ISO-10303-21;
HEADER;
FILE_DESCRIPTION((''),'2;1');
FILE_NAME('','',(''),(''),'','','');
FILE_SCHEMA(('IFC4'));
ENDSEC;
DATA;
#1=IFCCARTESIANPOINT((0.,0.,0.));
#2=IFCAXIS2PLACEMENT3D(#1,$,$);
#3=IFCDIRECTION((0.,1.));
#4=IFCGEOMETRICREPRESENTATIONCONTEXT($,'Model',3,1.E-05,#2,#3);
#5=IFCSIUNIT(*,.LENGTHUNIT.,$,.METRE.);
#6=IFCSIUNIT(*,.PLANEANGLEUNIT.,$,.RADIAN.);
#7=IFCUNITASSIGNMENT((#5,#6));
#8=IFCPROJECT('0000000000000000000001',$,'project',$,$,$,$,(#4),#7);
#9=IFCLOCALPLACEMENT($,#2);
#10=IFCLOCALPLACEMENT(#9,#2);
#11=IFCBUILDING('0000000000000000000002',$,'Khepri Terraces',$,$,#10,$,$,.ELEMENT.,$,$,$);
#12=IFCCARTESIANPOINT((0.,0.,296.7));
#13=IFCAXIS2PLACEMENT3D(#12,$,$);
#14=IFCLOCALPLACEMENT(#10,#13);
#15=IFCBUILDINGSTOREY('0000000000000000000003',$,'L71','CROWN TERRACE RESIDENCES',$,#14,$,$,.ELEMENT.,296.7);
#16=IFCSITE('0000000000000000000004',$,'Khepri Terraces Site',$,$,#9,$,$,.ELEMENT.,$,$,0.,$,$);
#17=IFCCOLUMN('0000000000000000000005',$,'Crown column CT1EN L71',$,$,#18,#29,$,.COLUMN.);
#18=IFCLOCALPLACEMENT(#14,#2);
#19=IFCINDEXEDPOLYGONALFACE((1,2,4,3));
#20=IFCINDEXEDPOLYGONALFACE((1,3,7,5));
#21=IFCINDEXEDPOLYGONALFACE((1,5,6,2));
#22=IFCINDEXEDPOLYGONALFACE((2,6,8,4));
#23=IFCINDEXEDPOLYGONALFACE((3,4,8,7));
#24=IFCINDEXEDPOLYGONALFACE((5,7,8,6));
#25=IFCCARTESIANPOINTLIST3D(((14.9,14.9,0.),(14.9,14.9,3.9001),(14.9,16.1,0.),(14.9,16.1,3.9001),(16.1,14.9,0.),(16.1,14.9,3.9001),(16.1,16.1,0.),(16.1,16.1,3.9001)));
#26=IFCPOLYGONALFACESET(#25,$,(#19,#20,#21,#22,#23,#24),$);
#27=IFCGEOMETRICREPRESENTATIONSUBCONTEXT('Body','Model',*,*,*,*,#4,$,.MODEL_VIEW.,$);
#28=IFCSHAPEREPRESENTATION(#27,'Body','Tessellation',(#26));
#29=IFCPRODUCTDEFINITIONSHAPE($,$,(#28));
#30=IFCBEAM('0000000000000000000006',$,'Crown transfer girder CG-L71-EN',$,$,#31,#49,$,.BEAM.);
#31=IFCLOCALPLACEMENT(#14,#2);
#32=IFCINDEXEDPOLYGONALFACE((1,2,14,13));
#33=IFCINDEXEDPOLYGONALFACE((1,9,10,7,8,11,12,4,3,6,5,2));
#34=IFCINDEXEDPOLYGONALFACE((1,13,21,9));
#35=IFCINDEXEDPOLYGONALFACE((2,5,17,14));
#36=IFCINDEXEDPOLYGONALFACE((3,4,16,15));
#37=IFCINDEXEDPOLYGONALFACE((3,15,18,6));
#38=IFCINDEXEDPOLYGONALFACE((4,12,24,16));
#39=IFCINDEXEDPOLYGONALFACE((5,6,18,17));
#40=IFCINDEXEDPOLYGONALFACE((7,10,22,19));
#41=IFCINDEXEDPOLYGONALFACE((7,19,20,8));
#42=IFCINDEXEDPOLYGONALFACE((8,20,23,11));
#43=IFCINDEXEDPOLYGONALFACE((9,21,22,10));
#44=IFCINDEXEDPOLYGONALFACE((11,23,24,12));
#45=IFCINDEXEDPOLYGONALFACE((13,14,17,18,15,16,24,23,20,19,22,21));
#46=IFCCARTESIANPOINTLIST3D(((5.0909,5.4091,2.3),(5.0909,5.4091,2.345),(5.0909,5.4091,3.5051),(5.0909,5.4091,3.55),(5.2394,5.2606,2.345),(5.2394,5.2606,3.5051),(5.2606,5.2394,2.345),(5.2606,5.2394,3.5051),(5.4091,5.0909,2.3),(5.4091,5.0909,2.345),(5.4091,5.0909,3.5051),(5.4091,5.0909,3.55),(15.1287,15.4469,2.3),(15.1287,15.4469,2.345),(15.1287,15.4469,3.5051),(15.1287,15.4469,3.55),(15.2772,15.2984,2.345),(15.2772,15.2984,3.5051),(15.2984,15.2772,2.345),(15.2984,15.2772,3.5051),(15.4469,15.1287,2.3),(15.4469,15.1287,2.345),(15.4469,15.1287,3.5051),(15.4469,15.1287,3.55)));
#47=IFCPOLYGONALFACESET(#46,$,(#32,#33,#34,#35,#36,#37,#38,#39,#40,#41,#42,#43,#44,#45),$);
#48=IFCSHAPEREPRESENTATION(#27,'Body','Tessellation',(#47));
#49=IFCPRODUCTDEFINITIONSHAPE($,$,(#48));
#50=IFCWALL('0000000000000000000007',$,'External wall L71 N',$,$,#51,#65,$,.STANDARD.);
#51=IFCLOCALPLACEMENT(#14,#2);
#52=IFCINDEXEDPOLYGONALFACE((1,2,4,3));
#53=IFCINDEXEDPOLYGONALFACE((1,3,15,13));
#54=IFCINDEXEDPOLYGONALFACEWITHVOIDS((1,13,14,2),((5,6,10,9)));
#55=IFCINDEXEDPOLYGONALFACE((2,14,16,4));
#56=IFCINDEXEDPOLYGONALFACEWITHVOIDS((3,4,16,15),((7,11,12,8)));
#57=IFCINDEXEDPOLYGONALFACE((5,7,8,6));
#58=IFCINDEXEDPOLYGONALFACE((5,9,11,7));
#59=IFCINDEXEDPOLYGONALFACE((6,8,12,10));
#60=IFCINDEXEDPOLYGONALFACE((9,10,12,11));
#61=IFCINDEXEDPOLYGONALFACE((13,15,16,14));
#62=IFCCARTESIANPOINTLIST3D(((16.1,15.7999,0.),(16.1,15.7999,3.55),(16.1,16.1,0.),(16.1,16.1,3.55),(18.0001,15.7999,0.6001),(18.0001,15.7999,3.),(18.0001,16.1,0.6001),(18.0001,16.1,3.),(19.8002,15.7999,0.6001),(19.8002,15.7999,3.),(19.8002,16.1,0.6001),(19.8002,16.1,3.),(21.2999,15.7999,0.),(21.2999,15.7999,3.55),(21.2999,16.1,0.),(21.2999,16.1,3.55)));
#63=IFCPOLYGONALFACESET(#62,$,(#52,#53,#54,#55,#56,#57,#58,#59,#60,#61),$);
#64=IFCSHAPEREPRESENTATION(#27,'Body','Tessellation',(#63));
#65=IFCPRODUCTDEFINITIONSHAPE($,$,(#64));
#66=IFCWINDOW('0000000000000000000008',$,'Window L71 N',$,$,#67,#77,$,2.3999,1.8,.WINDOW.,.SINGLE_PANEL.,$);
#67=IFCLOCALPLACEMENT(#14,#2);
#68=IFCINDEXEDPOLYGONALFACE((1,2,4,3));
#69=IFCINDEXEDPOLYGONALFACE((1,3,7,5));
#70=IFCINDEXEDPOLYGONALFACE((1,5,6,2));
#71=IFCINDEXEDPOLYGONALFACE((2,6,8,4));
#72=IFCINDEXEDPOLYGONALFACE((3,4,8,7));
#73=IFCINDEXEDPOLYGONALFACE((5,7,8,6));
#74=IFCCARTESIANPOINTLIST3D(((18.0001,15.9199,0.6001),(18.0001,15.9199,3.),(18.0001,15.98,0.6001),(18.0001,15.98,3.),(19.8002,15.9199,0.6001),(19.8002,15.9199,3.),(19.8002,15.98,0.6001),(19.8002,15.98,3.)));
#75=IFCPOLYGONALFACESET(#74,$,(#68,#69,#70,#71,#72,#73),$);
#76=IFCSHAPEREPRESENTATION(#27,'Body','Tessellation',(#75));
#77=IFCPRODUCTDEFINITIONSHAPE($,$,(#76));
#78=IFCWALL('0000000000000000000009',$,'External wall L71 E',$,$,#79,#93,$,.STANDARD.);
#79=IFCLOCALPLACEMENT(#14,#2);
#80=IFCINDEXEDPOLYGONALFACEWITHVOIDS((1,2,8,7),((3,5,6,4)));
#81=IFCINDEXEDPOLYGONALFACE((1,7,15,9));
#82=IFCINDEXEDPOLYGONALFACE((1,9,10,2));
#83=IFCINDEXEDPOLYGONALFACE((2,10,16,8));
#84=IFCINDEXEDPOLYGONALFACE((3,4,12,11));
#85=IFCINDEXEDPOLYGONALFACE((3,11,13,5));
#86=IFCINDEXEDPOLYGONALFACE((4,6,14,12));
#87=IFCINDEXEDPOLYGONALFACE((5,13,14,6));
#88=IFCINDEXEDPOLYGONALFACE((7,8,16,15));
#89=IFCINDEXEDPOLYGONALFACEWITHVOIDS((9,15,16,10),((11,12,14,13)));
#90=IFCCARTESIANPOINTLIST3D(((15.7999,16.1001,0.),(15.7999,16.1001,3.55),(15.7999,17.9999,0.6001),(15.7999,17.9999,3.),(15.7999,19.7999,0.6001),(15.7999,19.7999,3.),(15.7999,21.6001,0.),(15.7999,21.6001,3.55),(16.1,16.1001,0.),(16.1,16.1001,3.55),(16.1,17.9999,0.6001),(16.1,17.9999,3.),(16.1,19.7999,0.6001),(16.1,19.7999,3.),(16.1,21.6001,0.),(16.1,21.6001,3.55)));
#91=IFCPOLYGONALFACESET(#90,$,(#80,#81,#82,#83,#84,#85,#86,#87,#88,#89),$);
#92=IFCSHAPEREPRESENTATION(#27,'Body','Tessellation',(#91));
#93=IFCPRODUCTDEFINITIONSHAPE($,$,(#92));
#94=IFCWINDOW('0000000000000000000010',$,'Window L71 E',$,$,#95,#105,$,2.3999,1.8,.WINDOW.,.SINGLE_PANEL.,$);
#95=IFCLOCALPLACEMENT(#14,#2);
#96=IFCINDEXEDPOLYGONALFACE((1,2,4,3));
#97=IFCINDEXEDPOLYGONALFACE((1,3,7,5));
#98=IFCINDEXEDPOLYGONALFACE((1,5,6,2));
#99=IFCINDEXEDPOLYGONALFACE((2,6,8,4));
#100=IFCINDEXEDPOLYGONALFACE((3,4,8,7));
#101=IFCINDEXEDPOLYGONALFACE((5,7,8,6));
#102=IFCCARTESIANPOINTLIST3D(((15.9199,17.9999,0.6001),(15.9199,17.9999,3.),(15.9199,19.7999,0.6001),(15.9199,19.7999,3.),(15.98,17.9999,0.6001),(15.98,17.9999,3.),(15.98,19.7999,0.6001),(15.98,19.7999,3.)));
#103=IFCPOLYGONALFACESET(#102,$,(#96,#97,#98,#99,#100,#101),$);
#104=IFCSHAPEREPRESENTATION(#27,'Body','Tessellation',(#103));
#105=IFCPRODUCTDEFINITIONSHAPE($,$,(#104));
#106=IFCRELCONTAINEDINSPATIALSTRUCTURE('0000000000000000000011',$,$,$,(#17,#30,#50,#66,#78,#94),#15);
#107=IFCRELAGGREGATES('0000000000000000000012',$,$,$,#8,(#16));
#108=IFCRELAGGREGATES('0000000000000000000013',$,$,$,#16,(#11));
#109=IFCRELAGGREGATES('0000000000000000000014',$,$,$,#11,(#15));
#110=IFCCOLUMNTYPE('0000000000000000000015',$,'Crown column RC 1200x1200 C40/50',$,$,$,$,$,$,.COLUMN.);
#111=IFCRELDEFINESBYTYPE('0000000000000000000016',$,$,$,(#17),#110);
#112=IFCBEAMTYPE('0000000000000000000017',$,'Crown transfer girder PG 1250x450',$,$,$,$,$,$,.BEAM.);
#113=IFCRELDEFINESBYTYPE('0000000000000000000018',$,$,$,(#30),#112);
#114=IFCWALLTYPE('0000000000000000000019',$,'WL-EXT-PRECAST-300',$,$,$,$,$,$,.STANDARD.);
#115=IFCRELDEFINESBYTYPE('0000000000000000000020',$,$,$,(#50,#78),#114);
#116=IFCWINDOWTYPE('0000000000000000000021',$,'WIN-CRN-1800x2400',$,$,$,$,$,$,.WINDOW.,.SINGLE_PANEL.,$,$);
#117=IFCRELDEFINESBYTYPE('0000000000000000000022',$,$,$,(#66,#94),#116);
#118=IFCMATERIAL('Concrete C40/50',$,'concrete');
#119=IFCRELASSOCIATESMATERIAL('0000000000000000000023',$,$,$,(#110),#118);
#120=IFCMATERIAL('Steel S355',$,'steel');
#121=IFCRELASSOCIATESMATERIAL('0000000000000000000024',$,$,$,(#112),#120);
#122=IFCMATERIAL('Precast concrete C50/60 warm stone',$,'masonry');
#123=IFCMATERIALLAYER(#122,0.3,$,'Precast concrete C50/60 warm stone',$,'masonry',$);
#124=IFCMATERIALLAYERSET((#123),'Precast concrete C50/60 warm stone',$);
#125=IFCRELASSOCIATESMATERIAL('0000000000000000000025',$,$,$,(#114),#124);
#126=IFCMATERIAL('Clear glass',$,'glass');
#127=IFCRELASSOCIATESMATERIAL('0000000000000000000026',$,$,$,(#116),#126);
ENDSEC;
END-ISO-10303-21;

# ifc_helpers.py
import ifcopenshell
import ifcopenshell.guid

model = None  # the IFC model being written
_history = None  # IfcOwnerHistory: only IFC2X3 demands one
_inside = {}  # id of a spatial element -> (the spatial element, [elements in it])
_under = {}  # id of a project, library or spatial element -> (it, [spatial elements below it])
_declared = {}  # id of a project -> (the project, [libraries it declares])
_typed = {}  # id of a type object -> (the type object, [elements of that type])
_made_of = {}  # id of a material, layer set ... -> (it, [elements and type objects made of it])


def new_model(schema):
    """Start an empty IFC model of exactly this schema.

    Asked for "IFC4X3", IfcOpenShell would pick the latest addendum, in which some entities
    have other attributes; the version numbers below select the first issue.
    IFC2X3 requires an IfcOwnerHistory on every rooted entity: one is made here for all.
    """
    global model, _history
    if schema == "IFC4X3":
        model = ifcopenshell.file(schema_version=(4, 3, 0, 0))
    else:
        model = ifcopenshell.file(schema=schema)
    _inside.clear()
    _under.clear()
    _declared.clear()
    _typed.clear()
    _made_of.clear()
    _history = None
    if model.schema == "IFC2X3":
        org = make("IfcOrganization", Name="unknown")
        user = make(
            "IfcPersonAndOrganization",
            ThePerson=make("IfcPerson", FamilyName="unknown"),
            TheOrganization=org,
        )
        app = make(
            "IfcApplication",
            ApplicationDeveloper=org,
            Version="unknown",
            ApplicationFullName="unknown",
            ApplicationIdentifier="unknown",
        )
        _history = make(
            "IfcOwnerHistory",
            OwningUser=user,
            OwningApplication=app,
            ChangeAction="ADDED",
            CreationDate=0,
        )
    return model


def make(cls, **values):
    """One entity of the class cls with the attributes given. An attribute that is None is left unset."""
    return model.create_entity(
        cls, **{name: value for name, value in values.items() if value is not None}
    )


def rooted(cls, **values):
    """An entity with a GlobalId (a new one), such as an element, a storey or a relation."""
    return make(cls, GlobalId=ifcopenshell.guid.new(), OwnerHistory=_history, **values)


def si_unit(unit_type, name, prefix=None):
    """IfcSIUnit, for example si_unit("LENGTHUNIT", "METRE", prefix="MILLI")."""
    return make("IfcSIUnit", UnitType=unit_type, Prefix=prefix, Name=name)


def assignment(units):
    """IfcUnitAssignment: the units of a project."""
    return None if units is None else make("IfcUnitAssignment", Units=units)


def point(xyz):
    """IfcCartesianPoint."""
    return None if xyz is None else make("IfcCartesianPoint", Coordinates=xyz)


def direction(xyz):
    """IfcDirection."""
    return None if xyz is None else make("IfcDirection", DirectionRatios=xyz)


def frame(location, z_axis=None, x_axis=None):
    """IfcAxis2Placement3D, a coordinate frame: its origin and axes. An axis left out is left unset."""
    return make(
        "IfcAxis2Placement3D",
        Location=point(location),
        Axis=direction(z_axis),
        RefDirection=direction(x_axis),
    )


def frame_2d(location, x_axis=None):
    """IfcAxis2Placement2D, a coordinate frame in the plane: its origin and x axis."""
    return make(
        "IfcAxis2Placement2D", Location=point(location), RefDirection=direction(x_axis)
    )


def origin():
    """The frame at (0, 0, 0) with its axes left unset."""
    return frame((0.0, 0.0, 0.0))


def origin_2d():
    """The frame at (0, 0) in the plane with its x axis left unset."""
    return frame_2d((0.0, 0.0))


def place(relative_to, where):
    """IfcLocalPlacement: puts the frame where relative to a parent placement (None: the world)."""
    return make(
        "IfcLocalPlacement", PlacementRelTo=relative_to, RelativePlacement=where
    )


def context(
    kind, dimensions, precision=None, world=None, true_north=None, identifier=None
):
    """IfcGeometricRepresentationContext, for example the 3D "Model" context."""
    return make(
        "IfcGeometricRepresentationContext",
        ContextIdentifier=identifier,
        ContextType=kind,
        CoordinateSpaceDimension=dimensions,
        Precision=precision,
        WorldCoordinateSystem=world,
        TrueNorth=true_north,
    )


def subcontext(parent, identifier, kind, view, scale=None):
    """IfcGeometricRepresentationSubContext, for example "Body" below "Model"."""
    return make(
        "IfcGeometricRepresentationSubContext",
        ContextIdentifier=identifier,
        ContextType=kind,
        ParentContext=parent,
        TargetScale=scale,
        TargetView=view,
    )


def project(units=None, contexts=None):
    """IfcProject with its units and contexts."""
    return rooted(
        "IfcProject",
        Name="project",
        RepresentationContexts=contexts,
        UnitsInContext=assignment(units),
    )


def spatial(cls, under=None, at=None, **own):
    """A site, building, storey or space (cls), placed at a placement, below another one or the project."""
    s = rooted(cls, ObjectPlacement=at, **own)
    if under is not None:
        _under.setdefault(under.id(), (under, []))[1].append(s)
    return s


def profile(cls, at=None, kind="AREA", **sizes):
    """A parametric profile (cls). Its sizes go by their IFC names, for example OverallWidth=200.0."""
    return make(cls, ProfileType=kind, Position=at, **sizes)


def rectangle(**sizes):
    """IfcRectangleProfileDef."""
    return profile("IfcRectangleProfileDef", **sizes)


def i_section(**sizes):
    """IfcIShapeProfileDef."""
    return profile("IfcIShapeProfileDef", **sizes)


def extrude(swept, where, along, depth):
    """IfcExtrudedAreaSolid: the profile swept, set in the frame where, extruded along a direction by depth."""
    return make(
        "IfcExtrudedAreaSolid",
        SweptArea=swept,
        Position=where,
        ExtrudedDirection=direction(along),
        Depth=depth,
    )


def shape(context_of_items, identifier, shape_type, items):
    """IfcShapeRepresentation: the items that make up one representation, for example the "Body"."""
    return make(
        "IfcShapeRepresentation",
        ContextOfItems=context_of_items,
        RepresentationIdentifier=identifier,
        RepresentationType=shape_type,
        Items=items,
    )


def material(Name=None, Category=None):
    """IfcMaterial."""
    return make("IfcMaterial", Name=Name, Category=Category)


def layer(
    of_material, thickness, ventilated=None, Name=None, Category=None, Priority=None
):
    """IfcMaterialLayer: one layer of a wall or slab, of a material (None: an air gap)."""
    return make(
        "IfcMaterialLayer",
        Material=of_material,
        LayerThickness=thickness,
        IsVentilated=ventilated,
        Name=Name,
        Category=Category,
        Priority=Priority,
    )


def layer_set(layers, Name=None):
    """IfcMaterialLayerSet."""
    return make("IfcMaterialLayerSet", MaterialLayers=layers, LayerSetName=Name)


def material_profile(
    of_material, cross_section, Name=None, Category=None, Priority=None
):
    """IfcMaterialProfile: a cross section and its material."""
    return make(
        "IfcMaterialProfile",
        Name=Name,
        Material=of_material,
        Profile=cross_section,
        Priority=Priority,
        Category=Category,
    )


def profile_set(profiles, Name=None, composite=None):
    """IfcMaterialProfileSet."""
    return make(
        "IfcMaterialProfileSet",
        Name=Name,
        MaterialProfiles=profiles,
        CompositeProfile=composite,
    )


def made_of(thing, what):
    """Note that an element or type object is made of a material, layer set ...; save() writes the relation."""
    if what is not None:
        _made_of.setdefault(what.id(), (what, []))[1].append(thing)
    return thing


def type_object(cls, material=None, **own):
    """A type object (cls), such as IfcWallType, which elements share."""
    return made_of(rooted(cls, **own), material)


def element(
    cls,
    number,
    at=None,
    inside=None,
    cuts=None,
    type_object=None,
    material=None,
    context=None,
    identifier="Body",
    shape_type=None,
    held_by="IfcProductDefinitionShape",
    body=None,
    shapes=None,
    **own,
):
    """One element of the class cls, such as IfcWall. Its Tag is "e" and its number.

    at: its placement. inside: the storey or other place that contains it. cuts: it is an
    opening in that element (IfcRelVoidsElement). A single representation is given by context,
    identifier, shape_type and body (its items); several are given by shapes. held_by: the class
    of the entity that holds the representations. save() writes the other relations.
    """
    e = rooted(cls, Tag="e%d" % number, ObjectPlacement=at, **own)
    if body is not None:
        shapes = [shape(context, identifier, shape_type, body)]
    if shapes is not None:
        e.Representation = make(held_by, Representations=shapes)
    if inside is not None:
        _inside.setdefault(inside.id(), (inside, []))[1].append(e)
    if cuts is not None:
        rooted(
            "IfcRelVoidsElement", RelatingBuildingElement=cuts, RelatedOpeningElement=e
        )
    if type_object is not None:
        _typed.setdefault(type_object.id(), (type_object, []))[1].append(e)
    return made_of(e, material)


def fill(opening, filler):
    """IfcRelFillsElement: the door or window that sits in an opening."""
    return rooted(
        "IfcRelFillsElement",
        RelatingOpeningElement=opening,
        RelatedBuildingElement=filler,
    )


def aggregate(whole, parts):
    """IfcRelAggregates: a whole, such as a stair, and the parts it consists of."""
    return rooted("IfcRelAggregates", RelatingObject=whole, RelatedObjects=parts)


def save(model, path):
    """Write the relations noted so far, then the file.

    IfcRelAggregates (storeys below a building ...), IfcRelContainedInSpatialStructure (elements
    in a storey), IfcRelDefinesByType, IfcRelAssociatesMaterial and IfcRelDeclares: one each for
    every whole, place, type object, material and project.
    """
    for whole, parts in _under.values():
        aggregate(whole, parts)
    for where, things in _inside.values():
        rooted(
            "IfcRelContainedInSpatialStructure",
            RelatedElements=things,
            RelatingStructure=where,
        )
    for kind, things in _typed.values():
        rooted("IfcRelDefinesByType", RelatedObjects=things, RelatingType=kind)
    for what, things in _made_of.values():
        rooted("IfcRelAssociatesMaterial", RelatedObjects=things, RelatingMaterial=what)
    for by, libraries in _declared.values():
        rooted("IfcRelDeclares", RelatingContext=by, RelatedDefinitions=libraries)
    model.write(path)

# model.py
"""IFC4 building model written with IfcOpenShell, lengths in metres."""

from ifc_helpers import new_model, si_unit, direction, frame, frame_2d, origin, origin_2d, place, context, subcontext, project, spatial, rectangle, i_section, extrude, material, layer, layer_set, material_profile, profile_set, type_object, element, fill, save


model = new_model("IFC4")

# Units and contexts
model_context = context("Model", 3, precision=1e-05, world=origin(), true_north=direction((0.0, 1.0)))
body_context = subcontext(model_context, "Body", "Model", "MODEL_VIEW")
ifc_project = project(units=[si_unit("LENGTHUNIT", "METRE"), si_unit("PLANEANGLEUNIT", "RADIAN")], contexts=[model_context])

# Site, building, storey
site_placement = place(None, origin())
site = spatial("IfcSite", under=ifc_project, at=site_placement, Name="Khepri Terraces Site", CompositionType="ELEMENT", RefElevation=0.0)
building_placement = place(site_placement, origin())
building = spatial("IfcBuilding", under=site, at=building_placement, Name="Khepri Terraces", CompositionType="ELEMENT")
storey_placement = place(building_placement, frame((0.0, 0.0, 296.7)))
storey = spatial("IfcBuildingStorey", under=building, at=storey_placement, Name="L71", Description="CROWN TERRACE RESIDENCES", CompositionType="ELEMENT", Elevation=296.7)

# Column
ifc_material_1 = material(Name="Concrete C40/50", Category="concrete")
ifc_material_profile_1 = material_profile(ifc_material_1, rectangle(XDim=1.2, YDim=1.2, at=origin_2d()), Name="Concrete C40/50", Category="concrete")
ifc_profile_set_1 = profile_set([ifc_material_profile_1], Name="Concrete C40/50")
column_type = type_object("IfcColumnType", Name="Crown column RC 1200x1200 C40/50", PredefinedType="COLUMN", material=ifc_profile_set_1)
column_placement = place(storey_placement, frame((15.5, 15.5, 0.0), z_axis=(0.0, 0.0, 1.0), x_axis=(1.0, 0.0, 0.0)))
element("IfcColumn", 1, at=column_placement, inside=storey, type_object=column_type, Name="Crown column CT1EN L71", PredefinedType="COLUMN", context=body_context, shape_type="SweptSolid", body=[
    extrude(rectangle(XDim=1.2, YDim=1.2, at=origin_2d()), origin(), (0.0, 0.0, 1.0), 3.9001),
])

# Beam
ifc_material_2 = material(Name="Steel S355", Category="steel")
ifc_material_profile_2 = material_profile(ifc_material_2, i_section(OverallWidth=0.45, OverallDepth=1.25, WebThickness=0.03, FlangeThickness=0.0449, at=origin_2d()), Name="Steel S355", Category="steel")
ifc_profile_set_2 = profile_set([ifc_material_profile_2], Name="Steel S355")
beam_type = type_object("IfcBeamType", Name="Crown transfer girder PG 1250x450", PredefinedType="BEAM", material=ifc_profile_set_2)
beam_placement = place(storey_placement, frame((5.25, 5.25, 2.925), z_axis=(0.707107, 0.707107, 0.0), x_axis=(-0.707107, 0.707107, 0.0)))
element("IfcBeam", 2, at=beam_placement, inside=storey, type_object=beam_type, Name="Crown transfer girder CG-L71-EN", PredefinedType="BEAM", context=body_context, shape_type="SweptSolid", body=[
    extrude(i_section(OverallWidth=0.45, OverallDepth=1.25, WebThickness=0.03, FlangeThickness=0.0449, at=origin_2d()), origin(), (0.0, 0.0, 1.0), 14.1956),
])

# Walls, openings, windows
ifc_material_3 = material(Name="Precast concrete C50/60 warm stone", Category="masonry")
ifc_layer_1 = layer(ifc_material_3, 0.3, Name="Precast concrete C50/60 warm stone", Category="masonry")
ifc_layer_set_1 = layer_set([ifc_layer_1], Name="Precast concrete C50/60 warm stone")
wall_type_1 = type_object("IfcWallType", Name="WL-EXT-PRECAST-300", PredefinedType="STANDARD", material=ifc_layer_set_1)
wall_1_placement = place(storey_placement, frame((21.3, 15.95, 0.0), z_axis=(0.0, 0.0, 1.0), x_axis=(-1.0, 0.0, 0.0)))
wall_1 = element("IfcWall", 3, at=wall_1_placement, inside=storey, type_object=wall_type_1, Name="External wall L71 N", PredefinedType="STANDARD", context=body_context, shape_type="SweptSolid", body=[
    extrude(rectangle(XDim=5.2, YDim=0.3, at=frame_2d((2.6001, 0.0))), origin(), (0.0, 0.0, 1.0), 3.55),
])
opening_1_placement = place(wall_1_placement, frame((1.5, 0.0, 0.6001)))
opening_1 = element("IfcOpeningElement", 4, at=opening_1_placement, cuts=wall_1, PredefinedType="OPENING", context=body_context, shape_type="SweptSolid", body=[
    extrude(rectangle(XDim=1.8, YDim=2.3999, at=frame_2d((0.8999, 1.2))), frame((0.0, 0.1602, 0.0), z_axis=(0.0, -1.0, 0.0), x_axis=(1.0, 0.0, 0.0)), (0.0, 0.0, 1.0), 0.3201),
])
ifc_material_4 = material(Name="Clear glass", Category="glass")
window_type_1 = type_object("IfcWindowType", Name="WIN-CRN-1800x2400", PartitioningType="SINGLE_PANEL", PredefinedType="WINDOW", material=ifc_material_4)
window_1_placement = place(opening_1_placement, origin())
window_1 = element("IfcWindow", 5, at=window_1_placement, inside=storey, type_object=window_type_1, Name="Window L71 N", OverallHeight=2.3999, OverallWidth=1.8, PartitioningType="SINGLE_PANEL", PredefinedType="WINDOW", context=body_context, shape_type="SweptSolid", body=[
    extrude(rectangle(XDim=1.8, YDim=2.3999, at=frame_2d((0.8999, 1.2))), frame((0.0, 0.03, 0.0), z_axis=(0.0, -1.0, 0.0), x_axis=(1.0, 0.0, 0.0)), (0.0, 0.0, 1.0), 0.0601),
])
fill(opening_1, window_1)
wall_2_placement = place(storey_placement, frame((15.95, 16.1001, 0.0), z_axis=(0.0, 0.0, 1.0), x_axis=(0.0, 1.0, 0.0)))
wall_2 = element("IfcWall", 6, at=wall_2_placement, inside=storey, type_object=wall_type_1, Name="External wall L71 E", PredefinedType="STANDARD", context=body_context, shape_type="SweptSolid", body=[
    extrude(rectangle(XDim=5.5, YDim=0.3, at=frame_2d((2.75, 0.0))), origin(), (0.0, 0.0, 1.0), 3.55),
])
opening_2_placement = place(wall_2_placement, frame((1.8999, 0.0, 0.6001)))
opening_2 = element("IfcOpeningElement", 7, at=opening_2_placement, cuts=wall_2, PredefinedType="OPENING", context=body_context, shape_type="SweptSolid", body=[
    extrude(rectangle(XDim=1.8, YDim=2.3999, at=frame_2d((0.8999, 1.2))), frame((0.0, 0.1602, 0.0), z_axis=(0.0, -1.0, 0.0), x_axis=(1.0, 0.0, 0.0)), (0.0, 0.0, 1.0), 0.3201),
])
window_2_placement = place(opening_2_placement, origin())
window_2 = element("IfcWindow", 8, at=window_2_placement, inside=storey, type_object=window_type_1, Name="Window L71 E", OverallHeight=2.3999, OverallWidth=1.8, PartitioningType="SINGLE_PANEL", PredefinedType="WINDOW", context=body_context, shape_type="SweptSolid", body=[
    extrude(rectangle(XDim=1.8, YDim=2.3999, at=frame_2d((0.8999, 1.2))), frame((0.0, 0.03, 0.0), z_axis=(0.0, -1.0, 0.0), x_axis=(1.0, 0.0, 0.0)), (0.0, 0.0, 1.0), 0.0601),
])
fill(opening_2, window_2)

save(model, "model.ifc")
